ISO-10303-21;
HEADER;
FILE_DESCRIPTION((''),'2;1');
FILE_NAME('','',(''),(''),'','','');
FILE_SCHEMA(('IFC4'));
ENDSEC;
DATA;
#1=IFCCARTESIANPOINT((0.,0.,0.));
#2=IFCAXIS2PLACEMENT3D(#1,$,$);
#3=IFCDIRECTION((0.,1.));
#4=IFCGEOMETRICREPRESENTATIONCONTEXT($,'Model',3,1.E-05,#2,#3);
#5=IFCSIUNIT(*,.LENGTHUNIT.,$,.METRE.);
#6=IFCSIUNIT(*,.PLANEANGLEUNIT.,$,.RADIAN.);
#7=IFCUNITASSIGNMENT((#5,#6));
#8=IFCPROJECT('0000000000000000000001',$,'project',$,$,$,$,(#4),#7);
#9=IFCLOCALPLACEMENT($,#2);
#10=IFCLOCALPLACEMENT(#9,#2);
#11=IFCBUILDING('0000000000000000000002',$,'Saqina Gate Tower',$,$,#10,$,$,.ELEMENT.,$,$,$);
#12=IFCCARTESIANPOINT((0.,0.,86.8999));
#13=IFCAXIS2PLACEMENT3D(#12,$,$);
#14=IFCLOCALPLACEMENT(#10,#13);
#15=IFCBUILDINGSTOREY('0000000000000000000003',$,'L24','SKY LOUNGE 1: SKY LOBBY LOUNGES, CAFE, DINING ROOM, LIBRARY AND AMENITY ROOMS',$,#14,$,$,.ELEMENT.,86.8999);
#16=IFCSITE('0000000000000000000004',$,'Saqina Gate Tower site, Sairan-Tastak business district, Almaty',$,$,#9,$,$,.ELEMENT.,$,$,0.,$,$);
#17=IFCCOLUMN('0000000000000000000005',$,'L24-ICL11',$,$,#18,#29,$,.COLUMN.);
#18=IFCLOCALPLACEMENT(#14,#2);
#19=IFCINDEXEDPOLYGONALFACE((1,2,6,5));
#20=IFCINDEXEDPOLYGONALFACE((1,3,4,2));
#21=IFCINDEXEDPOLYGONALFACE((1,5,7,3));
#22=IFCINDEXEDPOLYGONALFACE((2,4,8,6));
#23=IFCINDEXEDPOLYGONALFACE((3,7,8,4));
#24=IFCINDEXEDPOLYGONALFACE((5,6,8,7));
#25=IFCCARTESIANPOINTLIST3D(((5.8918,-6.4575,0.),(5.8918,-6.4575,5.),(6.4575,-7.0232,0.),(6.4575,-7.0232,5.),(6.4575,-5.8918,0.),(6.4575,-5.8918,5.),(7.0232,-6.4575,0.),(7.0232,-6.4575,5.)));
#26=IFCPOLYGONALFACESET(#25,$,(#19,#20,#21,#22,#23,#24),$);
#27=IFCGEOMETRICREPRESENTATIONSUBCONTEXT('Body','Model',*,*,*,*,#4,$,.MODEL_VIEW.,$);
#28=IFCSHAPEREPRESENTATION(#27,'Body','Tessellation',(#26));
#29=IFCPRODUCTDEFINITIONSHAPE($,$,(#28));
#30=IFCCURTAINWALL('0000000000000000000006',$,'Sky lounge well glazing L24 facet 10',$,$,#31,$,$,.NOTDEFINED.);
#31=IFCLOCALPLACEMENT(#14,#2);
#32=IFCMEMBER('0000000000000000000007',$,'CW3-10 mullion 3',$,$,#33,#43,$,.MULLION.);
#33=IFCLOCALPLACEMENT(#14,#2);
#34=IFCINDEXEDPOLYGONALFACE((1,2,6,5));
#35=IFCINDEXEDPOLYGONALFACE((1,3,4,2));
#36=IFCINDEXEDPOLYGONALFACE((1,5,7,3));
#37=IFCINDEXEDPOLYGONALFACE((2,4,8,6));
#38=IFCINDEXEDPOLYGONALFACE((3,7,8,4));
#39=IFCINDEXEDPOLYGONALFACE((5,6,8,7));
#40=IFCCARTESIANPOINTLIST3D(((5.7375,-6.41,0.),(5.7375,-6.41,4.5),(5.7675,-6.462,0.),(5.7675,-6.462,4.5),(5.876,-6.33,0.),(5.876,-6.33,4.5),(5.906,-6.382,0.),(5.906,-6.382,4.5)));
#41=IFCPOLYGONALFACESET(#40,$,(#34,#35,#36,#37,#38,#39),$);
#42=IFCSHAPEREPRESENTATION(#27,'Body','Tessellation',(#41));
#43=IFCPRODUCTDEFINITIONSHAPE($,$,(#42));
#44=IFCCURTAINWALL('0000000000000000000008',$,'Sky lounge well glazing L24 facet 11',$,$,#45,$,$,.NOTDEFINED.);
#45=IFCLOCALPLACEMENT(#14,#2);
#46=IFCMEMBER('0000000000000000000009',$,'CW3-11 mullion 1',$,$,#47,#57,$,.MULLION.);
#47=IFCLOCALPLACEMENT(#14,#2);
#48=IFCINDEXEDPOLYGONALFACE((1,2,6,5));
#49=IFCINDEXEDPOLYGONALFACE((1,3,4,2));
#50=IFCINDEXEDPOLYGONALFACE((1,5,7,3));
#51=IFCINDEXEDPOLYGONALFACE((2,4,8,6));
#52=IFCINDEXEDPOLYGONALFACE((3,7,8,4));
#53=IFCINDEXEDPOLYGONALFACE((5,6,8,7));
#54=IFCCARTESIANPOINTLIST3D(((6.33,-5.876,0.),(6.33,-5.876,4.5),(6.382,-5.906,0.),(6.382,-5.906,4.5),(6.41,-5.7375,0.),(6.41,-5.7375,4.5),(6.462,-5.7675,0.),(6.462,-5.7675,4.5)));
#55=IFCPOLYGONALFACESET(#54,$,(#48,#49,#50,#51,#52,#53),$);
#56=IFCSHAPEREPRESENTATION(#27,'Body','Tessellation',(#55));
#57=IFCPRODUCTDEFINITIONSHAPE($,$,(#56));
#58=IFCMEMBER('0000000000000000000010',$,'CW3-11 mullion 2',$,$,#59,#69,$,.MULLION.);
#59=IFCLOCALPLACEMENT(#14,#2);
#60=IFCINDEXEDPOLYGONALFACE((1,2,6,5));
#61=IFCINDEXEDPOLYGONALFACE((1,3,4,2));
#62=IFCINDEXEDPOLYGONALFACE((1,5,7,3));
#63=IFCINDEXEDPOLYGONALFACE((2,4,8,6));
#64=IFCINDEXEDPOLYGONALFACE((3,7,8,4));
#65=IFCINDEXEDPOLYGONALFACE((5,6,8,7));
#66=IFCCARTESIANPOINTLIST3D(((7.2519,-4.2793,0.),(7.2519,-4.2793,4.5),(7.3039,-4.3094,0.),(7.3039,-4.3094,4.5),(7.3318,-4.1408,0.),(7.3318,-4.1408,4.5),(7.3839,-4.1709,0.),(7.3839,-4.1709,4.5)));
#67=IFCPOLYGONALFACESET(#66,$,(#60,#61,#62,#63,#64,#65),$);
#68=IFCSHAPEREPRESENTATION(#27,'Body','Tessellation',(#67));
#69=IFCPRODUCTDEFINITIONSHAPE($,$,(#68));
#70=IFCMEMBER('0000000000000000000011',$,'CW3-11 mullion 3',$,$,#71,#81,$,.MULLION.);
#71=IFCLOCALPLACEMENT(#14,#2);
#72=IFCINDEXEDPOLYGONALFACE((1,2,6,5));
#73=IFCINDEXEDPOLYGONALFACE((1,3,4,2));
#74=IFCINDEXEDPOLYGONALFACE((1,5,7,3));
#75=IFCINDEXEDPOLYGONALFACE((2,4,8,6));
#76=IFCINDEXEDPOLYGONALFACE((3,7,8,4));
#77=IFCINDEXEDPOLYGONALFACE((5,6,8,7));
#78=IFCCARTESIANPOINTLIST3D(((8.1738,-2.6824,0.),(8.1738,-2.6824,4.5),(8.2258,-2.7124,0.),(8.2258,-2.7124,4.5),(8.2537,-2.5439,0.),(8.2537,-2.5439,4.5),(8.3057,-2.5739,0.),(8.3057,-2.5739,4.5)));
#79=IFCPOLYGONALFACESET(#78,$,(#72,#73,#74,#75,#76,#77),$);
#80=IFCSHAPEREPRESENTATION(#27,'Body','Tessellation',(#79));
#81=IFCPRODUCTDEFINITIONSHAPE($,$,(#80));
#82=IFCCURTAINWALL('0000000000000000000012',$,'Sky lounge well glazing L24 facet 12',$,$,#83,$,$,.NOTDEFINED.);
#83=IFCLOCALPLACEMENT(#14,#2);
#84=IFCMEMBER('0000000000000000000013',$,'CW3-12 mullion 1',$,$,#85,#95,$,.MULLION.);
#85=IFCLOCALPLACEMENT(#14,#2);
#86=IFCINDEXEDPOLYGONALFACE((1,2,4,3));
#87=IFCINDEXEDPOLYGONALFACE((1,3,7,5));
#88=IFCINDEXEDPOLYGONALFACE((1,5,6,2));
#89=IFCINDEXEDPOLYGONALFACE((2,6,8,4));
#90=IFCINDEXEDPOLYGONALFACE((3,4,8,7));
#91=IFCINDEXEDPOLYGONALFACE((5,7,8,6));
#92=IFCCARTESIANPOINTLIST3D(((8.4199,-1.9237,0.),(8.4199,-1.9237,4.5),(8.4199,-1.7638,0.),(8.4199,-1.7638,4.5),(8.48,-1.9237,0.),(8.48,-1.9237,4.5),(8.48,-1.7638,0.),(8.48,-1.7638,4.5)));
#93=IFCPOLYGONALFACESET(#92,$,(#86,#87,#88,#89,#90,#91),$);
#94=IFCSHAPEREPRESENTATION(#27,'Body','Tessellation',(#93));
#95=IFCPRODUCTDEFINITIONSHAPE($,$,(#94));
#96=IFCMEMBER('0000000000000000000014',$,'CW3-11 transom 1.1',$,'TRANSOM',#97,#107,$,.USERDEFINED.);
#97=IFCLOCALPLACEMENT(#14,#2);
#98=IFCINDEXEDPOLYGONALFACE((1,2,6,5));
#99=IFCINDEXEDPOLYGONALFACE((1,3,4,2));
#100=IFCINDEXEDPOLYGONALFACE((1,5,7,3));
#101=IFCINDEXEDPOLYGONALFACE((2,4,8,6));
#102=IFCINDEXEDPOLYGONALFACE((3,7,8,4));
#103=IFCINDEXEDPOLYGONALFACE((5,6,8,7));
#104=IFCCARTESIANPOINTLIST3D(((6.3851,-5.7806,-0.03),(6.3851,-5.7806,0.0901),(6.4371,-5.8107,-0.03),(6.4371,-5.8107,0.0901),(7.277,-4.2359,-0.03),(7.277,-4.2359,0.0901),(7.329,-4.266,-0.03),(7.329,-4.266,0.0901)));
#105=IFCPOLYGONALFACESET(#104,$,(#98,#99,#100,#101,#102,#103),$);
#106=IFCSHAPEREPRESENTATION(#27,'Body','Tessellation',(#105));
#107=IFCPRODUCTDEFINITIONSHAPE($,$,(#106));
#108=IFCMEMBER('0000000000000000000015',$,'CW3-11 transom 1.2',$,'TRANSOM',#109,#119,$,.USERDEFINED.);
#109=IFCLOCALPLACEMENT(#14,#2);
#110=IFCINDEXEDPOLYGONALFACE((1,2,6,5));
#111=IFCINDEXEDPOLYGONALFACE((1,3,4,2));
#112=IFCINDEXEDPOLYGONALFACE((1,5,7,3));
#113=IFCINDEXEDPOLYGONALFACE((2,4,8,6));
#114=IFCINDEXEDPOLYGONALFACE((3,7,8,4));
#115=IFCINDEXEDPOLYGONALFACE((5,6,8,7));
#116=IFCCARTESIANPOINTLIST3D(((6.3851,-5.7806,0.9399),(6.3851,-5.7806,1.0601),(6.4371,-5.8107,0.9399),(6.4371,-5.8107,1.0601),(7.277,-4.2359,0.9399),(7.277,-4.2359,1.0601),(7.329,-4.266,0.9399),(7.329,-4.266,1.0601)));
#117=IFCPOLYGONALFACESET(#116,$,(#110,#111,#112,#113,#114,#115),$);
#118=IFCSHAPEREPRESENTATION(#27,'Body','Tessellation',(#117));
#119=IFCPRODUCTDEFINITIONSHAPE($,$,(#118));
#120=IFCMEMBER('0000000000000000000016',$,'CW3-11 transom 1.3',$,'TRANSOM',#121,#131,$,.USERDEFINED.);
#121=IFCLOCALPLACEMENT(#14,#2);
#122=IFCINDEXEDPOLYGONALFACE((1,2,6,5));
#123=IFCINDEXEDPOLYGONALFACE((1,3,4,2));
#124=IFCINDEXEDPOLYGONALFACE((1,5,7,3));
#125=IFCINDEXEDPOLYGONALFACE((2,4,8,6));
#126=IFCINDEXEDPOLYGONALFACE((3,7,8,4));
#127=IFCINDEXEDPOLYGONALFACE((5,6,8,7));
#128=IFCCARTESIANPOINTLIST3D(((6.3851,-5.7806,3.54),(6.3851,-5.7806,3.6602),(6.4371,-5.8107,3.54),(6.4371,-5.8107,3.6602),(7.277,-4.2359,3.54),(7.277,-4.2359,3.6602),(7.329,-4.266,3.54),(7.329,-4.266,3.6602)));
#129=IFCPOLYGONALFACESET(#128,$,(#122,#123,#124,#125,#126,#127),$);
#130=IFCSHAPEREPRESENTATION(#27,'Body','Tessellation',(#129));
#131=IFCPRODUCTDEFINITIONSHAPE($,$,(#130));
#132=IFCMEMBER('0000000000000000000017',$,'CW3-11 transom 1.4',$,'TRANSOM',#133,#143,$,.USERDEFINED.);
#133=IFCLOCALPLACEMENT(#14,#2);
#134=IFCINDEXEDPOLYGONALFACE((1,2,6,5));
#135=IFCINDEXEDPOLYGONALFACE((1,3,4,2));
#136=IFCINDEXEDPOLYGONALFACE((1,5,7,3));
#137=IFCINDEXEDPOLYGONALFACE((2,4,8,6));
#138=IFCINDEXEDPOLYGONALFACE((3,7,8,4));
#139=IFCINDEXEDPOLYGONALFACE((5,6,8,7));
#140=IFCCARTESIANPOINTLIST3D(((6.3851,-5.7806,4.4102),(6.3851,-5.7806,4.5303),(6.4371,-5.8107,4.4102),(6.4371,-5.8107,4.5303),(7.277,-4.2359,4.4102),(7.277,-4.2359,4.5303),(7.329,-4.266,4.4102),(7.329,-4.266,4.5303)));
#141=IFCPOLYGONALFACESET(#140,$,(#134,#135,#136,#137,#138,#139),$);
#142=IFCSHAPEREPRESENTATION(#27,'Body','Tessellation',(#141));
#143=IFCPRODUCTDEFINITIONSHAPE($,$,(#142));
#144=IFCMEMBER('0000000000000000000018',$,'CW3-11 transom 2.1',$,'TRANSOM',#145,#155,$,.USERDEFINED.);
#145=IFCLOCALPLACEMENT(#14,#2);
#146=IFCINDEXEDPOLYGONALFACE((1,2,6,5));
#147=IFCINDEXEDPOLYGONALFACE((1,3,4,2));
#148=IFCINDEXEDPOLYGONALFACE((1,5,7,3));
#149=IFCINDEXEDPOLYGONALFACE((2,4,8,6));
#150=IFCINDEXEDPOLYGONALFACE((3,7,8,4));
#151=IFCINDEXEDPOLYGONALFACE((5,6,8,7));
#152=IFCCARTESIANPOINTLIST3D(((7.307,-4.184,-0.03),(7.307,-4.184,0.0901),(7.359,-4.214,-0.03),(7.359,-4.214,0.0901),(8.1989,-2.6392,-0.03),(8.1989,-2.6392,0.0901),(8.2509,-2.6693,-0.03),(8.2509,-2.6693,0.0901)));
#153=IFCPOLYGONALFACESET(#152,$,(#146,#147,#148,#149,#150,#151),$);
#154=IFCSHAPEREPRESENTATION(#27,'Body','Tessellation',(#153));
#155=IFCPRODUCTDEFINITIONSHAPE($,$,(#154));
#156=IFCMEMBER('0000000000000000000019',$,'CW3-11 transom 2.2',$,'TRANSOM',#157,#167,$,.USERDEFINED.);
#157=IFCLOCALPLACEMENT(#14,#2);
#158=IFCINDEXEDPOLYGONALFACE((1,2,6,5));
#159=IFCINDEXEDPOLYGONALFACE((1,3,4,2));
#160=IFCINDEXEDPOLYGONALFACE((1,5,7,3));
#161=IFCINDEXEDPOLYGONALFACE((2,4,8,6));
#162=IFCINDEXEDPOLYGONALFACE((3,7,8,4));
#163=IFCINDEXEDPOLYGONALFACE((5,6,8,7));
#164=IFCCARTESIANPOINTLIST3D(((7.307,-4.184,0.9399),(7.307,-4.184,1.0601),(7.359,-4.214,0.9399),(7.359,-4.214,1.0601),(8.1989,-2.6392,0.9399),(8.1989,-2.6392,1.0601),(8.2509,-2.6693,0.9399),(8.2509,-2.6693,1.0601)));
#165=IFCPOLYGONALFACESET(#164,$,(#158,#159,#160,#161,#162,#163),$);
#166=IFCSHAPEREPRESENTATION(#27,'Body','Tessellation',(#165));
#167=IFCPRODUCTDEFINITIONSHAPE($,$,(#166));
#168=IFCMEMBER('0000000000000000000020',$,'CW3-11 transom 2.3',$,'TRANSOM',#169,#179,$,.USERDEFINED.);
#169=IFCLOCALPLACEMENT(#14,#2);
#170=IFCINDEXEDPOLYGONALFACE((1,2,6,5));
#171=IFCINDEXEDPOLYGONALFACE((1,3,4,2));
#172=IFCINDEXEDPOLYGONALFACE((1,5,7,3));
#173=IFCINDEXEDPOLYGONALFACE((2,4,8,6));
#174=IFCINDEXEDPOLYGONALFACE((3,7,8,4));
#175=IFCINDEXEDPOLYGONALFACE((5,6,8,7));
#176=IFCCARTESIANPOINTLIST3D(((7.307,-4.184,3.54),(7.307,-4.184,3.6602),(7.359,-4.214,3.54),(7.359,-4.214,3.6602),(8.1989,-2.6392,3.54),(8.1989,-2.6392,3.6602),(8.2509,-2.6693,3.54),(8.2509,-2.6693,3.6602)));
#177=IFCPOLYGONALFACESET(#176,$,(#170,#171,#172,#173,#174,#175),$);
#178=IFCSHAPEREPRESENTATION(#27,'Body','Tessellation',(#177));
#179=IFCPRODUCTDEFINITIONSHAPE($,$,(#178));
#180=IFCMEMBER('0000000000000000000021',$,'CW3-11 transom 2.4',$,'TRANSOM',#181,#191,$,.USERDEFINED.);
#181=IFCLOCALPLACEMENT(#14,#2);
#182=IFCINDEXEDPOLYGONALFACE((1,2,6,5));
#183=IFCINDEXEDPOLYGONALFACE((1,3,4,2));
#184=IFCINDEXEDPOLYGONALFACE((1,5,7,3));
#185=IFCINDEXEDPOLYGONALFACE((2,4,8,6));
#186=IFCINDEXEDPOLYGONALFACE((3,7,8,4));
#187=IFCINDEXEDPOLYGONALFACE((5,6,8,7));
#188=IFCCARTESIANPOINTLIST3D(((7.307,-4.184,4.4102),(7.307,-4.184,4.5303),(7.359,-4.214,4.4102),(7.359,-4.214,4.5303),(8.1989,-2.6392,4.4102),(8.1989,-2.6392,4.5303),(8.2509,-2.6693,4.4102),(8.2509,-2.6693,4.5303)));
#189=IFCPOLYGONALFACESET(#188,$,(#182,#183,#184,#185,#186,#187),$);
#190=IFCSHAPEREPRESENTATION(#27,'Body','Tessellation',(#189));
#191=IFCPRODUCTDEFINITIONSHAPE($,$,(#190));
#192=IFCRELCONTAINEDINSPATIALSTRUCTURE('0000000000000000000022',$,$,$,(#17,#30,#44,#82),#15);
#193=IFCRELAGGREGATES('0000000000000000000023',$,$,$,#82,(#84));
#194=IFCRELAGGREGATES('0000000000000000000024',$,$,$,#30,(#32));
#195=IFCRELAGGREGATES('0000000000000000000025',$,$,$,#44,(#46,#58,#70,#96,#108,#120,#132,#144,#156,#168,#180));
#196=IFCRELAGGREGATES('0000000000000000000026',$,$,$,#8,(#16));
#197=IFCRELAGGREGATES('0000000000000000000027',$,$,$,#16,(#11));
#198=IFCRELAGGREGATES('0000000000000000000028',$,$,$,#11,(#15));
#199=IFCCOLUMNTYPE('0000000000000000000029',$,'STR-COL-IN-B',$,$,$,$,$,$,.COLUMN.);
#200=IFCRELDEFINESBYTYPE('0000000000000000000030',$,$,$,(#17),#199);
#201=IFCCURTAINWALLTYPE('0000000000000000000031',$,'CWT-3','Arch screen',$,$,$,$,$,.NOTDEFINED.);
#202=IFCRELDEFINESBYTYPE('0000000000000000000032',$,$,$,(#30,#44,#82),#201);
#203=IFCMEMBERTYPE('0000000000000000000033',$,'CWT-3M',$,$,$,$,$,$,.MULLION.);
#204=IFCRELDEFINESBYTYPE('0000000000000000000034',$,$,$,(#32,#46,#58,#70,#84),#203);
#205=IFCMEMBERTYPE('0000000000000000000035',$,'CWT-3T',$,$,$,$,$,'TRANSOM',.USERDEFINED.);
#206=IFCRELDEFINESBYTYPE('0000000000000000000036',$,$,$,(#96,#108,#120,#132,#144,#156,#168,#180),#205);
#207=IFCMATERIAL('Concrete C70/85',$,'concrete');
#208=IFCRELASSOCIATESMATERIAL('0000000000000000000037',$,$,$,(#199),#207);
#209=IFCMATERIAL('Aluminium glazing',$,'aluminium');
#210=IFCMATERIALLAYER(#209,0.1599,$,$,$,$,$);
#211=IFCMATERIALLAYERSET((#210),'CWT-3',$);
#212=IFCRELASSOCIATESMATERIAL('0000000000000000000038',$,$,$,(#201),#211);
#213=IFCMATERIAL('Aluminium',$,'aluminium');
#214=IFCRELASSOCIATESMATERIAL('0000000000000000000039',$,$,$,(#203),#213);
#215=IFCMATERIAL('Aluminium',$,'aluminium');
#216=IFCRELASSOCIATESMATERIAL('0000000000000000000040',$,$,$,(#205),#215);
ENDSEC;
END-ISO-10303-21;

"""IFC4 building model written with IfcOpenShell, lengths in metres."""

from ifc_helpers import new_model, si_unit, direction, frame, origin, origin_2d, place, context, subcontext, project, spatial, rectangle, extrude, material, layer, layer_set, material_profile, profile_set, type_object, element, aggregate, save


model = new_model("IFC4")

# Units and contexts
model_context = context("Model", 3, precision=1e-05, world=origin(), true_north=direction((0.0, 1.0)))
body_context = subcontext(model_context, "Body", "Model", "MODEL_VIEW")
ifc_project = project(units=[si_unit("LENGTHUNIT", "METRE"), si_unit("PLANEANGLEUNIT", "RADIAN")], contexts=[model_context])

# Site, building, storey
site_placement = place(None, origin())
site = spatial("IfcSite", under=ifc_project, at=site_placement, Name="Saqina Gate Tower site, Sairan-Tastak business district, Almaty", CompositionType="ELEMENT", RefElevation=0.0)
building_placement = place(site_placement, origin())
building = spatial("IfcBuilding", under=site, at=building_placement, Name="Saqina Gate Tower", CompositionType="ELEMENT")
storey_placement = place(building_placement, frame((0.0, 0.0, 86.8999)))
storey = spatial("IfcBuildingStorey", under=building, at=storey_placement, Name="L24", Description="SKY LOUNGE 1: SKY LOBBY LOUNGES, CAFE, DINING ROOM, LIBRARY AND AMENITY ROOMS", CompositionType="ELEMENT", Elevation=86.8999)

# Column
ifc_material_1 = material(Name="Concrete C70/85", Category="concrete")
ifc_material_profile_1 = material_profile(ifc_material_1, rectangle(XDim=0.8, YDim=0.8, at=origin_2d()), Name="RC 800x800")
ifc_profile_set_1 = profile_set([ifc_material_profile_1], Name="Concrete C70/85")
column_type = type_object("IfcColumnType", Name="STR-COL-IN-B", PredefinedType="COLUMN", material=ifc_profile_set_1)
column_placement = place(storey_placement, frame((6.4575, -6.4575, 0.0), z_axis=(0.0, 0.0, 1.0), x_axis=(0.707107, -0.707107, 0.0)))
element("IfcColumn", 1, at=column_placement, inside=storey, type_object=column_type, Name="L24-ICL11", PredefinedType="COLUMN", context=body_context, shape_type="SweptSolid", body=[
    extrude(rectangle(XDim=0.8, YDim=0.8, at=origin_2d()), origin(), (0.0, 0.0, 1.0), 5.0),
])

# Curtain wall, member
ifc_material_2 = material(Name="Aluminium glazing", Category="aluminium")
ifc_layer_1 = layer(ifc_material_2, 0.1599)
ifc_layer_set_1 = layer_set([ifc_layer_1], Name="CWT-3")
curtain_wall_type = type_object("IfcCurtainWallType", Name="CWT-3", Description="Arch screen", PredefinedType="NOTDEFINED", material=ifc_layer_set_1)
curtain_wall_1_placement = place(storey_placement, origin())
curtain_wall_1 = element("IfcCurtainWall", 2, at=curtain_wall_1_placement, inside=storey, type_object=curtain_wall_type, Name="Sky lounge well glazing L24 facet 10", PredefinedType="NOTDEFINED")
ifc_material_3 = material(Name="Aluminium", Category="aluminium")
ifc_material_profile_2 = material_profile(ifc_material_3, rectangle(XDim=0.0601, YDim=0.1599, at=origin_2d()), Name="Aluminium 60x160")
ifc_profile_set_2 = profile_set([ifc_material_profile_2], Name="Aluminium")
member_type_1 = type_object("IfcMemberType", Name="CWT-3M", PredefinedType="MULLION", material=ifc_profile_set_2)
member_1_placement = place(storey_placement, frame((5.8218, -6.396, 0.0), z_axis=(0.0, 0.0, 1.0), x_axis=(-0.499993, 0.866029, 0.0)))
member_1 = element("IfcMember", 3, at=member_1_placement, type_object=member_type_1, Name="CW3-10 mullion 3", PredefinedType="MULLION", context=body_context, shape_type="SweptSolid", body=[
    extrude(rectangle(XDim=0.0601, YDim=0.1599, at=origin_2d()), origin(), (0.0, 0.0, 1.0), 4.5),
])

# Curtain wall, members
curtain_wall_2_placement = place(storey_placement, origin())
curtain_wall_2 = element("IfcCurtainWall", 4, at=curtain_wall_2_placement, inside=storey, type_object=curtain_wall_type, Name="Sky lounge well glazing L24 facet 11", PredefinedType="NOTDEFINED")
member_2_placement = place(storey_placement, frame((6.396, -5.8218, 0.0), z_axis=(0.0, 0.0, 1.0), x_axis=(-0.866029, 0.499993, 0.0)))
member_2 = element("IfcMember", 5, at=member_2_placement, type_object=member_type_1, Name="CW3-11 mullion 1", PredefinedType="MULLION", context=body_context, shape_type="SweptSolid", body=[
    extrude(rectangle(XDim=0.0601, YDim=0.1599, at=origin_2d()), origin(), (0.0, 0.0, 1.0), 4.5),
])
member_3_placement = place(storey_placement, frame((7.3179, -4.2251, 0.0), z_axis=(0.0, 0.0, 1.0), x_axis=(-0.866029, 0.499993, 0.0)))
member_3 = element("IfcMember", 6, at=member_3_placement, type_object=member_type_1, Name="CW3-11 mullion 2", PredefinedType="MULLION", context=body_context, shape_type="SweptSolid", body=[
    extrude(rectangle(XDim=0.0601, YDim=0.1599, at=origin_2d()), origin(), (0.0, 0.0, 1.0), 4.5),
])
member_4_placement = place(storey_placement, frame((8.2397, -2.6282, 0.0), z_axis=(0.0, 0.0, 1.0), x_axis=(-0.866029, 0.499993, 0.0)))
member_4 = element("IfcMember", 7, at=member_4_placement, type_object=member_type_1, Name="CW3-11 mullion 3", PredefinedType="MULLION", context=body_context, shape_type="SweptSolid", body=[
    extrude(rectangle(XDim=0.0601, YDim=0.1599, at=origin_2d()), origin(), (0.0, 0.0, 1.0), 4.5),
])

# Curtain wall, member
curtain_wall_3_placement = place(storey_placement, origin())
curtain_wall_3 = element("IfcCurtainWall", 8, at=curtain_wall_3_placement, inside=storey, type_object=curtain_wall_type, Name="Sky lounge well glazing L24 facet 12", PredefinedType="NOTDEFINED")
member_5_placement = place(storey_placement, frame((8.45, -1.8438, 0.0), z_axis=(0.0, 0.0, 1.0), x_axis=(-1.0, 0.0, 0.0)))
member_5 = element("IfcMember", 9, at=member_5_placement, type_object=member_type_1, Name="CW3-12 mullion 1", PredefinedType="MULLION", context=body_context, shape_type="SweptSolid", body=[
    extrude(rectangle(XDim=0.0601, YDim=0.1599, at=origin_2d()), origin(), (0.0, 0.0, 1.0), 4.5),
])
aggregate(curtain_wall_3, [member_5])

# Members
ifc_material_4 = material(Name="Aluminium", Category="aluminium")
ifc_material_profile_3 = material_profile(ifc_material_4, rectangle(XDim=0.0601, YDim=0.1201, at=origin_2d()), Name="Aluminium 60x120")
ifc_profile_set_3 = profile_set([ifc_material_profile_3], Name="Aluminium")
member_type_2 = type_object("IfcMemberType", Name="CWT-3T", ElementType="TRANSOM", PredefinedType="USERDEFINED", material=ifc_profile_set_3)
member_6_placement = place(storey_placement, frame((6.4111, -5.7957, 0.03), z_axis=(0.500011, 0.866019, 0.0), x_axis=(-0.866019, 0.500011, 0.0)))
member_6 = element("IfcMember", 10, at=member_6_placement, type_object=member_type_2, Name="CW3-11 transom 1.1", ObjectType="TRANSOM", PredefinedType="USERDEFINED", context=body_context, shape_type="SweptSolid", body=[
    extrude(rectangle(XDim=0.0601, YDim=0.1201, at=origin_2d()), origin(), (0.0, 0.0, 1.0), 1.7837),
])
member_7_placement = place(storey_placement, frame((6.4111, -5.7957, 1.0), z_axis=(0.500011, 0.866019, 0.0), x_axis=(-0.866019, 0.500011, 0.0)))
member_7 = element("IfcMember", 11, at=member_7_placement, type_object=member_type_2, Name="CW3-11 transom 1.2", ObjectType="TRANSOM", PredefinedType="USERDEFINED", context=body_context, shape_type="SweptSolid", body=[
    extrude(rectangle(XDim=0.0601, YDim=0.1201, at=origin_2d()), origin(), (0.0, 0.0, 1.0), 1.7837),
])
member_8_placement = place(storey_placement, frame((6.4111, -5.7957, 3.6001), z_axis=(0.500011, 0.866019, 0.0), x_axis=(-0.866019, 0.500011, 0.0)))
member_8 = element("IfcMember", 12, at=member_8_placement, type_object=member_type_2, Name="CW3-11 transom 1.3", ObjectType="TRANSOM", PredefinedType="USERDEFINED", context=body_context, shape_type="SweptSolid", body=[
    extrude(rectangle(XDim=0.0601, YDim=0.1201, at=origin_2d()), origin(), (0.0, 0.0, 1.0), 1.7837),
])
member_9_placement = place(storey_placement, frame((6.4111, -5.7957, 4.4702), z_axis=(0.500011, 0.866019, 0.0), x_axis=(-0.866019, 0.500011, 0.0)))
member_9 = element("IfcMember", 13, at=member_9_placement, type_object=member_type_2, Name="CW3-11 transom 1.4", ObjectType="TRANSOM", PredefinedType="USERDEFINED", context=body_context, shape_type="SweptSolid", body=[
    extrude(rectangle(XDim=0.0601, YDim=0.1201, at=origin_2d()), origin(), (0.0, 0.0, 1.0), 1.7837),
])
member_10_placement = place(storey_placement, frame((7.333, -4.199, 0.03), z_axis=(0.500011, 0.866019, 0.0), x_axis=(-0.866019, 0.500011, 0.0)))
member_10 = element("IfcMember", 14, at=member_10_placement, type_object=member_type_2, Name="CW3-11 transom 2.1", ObjectType="TRANSOM", PredefinedType="USERDEFINED", context=body_context, shape_type="SweptSolid", body=[
    extrude(rectangle(XDim=0.0601, YDim=0.1201, at=origin_2d()), origin(), (0.0, 0.0, 1.0), 1.7837),
])
member_11_placement = place(storey_placement, frame((7.333, -4.199, 1.0), z_axis=(0.500011, 0.866019, 0.0), x_axis=(-0.866019, 0.500011, 0.0)))
member_11 = element("IfcMember", 15, at=member_11_placement, type_object=member_type_2, Name="CW3-11 transom 2.2", ObjectType="TRANSOM", PredefinedType="USERDEFINED", context=body_context, shape_type="SweptSolid", body=[
    extrude(rectangle(XDim=0.0601, YDim=0.1201, at=origin_2d()), origin(), (0.0, 0.0, 1.0), 1.7837),
])
member_12_placement = place(storey_placement, frame((7.333, -4.199, 3.6001), z_axis=(0.500011, 0.866019, 0.0), x_axis=(-0.866019, 0.500011, 0.0)))
member_12 = element("IfcMember", 16, at=member_12_placement, type_object=member_type_2, Name="CW3-11 transom 2.3", ObjectType="TRANSOM", PredefinedType="USERDEFINED", context=body_context, shape_type="SweptSolid", body=[
    extrude(rectangle(XDim=0.0601, YDim=0.1201, at=origin_2d()), origin(), (0.0, 0.0, 1.0), 1.7837),
])
member_13_placement = place(storey_placement, frame((7.333, -4.199, 4.4702), z_axis=(0.500011, 0.866019, 0.0), x_axis=(-0.866019, 0.500011, 0.0)))
member_13 = element("IfcMember", 17, at=member_13_placement, type_object=member_type_2, Name="CW3-11 transom 2.4", ObjectType="TRANSOM", PredefinedType="USERDEFINED", context=body_context, shape_type="SweptSolid", body=[
    extrude(rectangle(XDim=0.0601, YDim=0.1201, at=origin_2d()), origin(), (0.0, 0.0, 1.0), 1.7837),
])

aggregate(curtain_wall_1, [member_1])
aggregate(curtain_wall_2, [member_2, member_3, member_4, member_6, member_7, member_8, member_9, member_10, member_11, member_12, member_13])

save(model, "model.ifc")
